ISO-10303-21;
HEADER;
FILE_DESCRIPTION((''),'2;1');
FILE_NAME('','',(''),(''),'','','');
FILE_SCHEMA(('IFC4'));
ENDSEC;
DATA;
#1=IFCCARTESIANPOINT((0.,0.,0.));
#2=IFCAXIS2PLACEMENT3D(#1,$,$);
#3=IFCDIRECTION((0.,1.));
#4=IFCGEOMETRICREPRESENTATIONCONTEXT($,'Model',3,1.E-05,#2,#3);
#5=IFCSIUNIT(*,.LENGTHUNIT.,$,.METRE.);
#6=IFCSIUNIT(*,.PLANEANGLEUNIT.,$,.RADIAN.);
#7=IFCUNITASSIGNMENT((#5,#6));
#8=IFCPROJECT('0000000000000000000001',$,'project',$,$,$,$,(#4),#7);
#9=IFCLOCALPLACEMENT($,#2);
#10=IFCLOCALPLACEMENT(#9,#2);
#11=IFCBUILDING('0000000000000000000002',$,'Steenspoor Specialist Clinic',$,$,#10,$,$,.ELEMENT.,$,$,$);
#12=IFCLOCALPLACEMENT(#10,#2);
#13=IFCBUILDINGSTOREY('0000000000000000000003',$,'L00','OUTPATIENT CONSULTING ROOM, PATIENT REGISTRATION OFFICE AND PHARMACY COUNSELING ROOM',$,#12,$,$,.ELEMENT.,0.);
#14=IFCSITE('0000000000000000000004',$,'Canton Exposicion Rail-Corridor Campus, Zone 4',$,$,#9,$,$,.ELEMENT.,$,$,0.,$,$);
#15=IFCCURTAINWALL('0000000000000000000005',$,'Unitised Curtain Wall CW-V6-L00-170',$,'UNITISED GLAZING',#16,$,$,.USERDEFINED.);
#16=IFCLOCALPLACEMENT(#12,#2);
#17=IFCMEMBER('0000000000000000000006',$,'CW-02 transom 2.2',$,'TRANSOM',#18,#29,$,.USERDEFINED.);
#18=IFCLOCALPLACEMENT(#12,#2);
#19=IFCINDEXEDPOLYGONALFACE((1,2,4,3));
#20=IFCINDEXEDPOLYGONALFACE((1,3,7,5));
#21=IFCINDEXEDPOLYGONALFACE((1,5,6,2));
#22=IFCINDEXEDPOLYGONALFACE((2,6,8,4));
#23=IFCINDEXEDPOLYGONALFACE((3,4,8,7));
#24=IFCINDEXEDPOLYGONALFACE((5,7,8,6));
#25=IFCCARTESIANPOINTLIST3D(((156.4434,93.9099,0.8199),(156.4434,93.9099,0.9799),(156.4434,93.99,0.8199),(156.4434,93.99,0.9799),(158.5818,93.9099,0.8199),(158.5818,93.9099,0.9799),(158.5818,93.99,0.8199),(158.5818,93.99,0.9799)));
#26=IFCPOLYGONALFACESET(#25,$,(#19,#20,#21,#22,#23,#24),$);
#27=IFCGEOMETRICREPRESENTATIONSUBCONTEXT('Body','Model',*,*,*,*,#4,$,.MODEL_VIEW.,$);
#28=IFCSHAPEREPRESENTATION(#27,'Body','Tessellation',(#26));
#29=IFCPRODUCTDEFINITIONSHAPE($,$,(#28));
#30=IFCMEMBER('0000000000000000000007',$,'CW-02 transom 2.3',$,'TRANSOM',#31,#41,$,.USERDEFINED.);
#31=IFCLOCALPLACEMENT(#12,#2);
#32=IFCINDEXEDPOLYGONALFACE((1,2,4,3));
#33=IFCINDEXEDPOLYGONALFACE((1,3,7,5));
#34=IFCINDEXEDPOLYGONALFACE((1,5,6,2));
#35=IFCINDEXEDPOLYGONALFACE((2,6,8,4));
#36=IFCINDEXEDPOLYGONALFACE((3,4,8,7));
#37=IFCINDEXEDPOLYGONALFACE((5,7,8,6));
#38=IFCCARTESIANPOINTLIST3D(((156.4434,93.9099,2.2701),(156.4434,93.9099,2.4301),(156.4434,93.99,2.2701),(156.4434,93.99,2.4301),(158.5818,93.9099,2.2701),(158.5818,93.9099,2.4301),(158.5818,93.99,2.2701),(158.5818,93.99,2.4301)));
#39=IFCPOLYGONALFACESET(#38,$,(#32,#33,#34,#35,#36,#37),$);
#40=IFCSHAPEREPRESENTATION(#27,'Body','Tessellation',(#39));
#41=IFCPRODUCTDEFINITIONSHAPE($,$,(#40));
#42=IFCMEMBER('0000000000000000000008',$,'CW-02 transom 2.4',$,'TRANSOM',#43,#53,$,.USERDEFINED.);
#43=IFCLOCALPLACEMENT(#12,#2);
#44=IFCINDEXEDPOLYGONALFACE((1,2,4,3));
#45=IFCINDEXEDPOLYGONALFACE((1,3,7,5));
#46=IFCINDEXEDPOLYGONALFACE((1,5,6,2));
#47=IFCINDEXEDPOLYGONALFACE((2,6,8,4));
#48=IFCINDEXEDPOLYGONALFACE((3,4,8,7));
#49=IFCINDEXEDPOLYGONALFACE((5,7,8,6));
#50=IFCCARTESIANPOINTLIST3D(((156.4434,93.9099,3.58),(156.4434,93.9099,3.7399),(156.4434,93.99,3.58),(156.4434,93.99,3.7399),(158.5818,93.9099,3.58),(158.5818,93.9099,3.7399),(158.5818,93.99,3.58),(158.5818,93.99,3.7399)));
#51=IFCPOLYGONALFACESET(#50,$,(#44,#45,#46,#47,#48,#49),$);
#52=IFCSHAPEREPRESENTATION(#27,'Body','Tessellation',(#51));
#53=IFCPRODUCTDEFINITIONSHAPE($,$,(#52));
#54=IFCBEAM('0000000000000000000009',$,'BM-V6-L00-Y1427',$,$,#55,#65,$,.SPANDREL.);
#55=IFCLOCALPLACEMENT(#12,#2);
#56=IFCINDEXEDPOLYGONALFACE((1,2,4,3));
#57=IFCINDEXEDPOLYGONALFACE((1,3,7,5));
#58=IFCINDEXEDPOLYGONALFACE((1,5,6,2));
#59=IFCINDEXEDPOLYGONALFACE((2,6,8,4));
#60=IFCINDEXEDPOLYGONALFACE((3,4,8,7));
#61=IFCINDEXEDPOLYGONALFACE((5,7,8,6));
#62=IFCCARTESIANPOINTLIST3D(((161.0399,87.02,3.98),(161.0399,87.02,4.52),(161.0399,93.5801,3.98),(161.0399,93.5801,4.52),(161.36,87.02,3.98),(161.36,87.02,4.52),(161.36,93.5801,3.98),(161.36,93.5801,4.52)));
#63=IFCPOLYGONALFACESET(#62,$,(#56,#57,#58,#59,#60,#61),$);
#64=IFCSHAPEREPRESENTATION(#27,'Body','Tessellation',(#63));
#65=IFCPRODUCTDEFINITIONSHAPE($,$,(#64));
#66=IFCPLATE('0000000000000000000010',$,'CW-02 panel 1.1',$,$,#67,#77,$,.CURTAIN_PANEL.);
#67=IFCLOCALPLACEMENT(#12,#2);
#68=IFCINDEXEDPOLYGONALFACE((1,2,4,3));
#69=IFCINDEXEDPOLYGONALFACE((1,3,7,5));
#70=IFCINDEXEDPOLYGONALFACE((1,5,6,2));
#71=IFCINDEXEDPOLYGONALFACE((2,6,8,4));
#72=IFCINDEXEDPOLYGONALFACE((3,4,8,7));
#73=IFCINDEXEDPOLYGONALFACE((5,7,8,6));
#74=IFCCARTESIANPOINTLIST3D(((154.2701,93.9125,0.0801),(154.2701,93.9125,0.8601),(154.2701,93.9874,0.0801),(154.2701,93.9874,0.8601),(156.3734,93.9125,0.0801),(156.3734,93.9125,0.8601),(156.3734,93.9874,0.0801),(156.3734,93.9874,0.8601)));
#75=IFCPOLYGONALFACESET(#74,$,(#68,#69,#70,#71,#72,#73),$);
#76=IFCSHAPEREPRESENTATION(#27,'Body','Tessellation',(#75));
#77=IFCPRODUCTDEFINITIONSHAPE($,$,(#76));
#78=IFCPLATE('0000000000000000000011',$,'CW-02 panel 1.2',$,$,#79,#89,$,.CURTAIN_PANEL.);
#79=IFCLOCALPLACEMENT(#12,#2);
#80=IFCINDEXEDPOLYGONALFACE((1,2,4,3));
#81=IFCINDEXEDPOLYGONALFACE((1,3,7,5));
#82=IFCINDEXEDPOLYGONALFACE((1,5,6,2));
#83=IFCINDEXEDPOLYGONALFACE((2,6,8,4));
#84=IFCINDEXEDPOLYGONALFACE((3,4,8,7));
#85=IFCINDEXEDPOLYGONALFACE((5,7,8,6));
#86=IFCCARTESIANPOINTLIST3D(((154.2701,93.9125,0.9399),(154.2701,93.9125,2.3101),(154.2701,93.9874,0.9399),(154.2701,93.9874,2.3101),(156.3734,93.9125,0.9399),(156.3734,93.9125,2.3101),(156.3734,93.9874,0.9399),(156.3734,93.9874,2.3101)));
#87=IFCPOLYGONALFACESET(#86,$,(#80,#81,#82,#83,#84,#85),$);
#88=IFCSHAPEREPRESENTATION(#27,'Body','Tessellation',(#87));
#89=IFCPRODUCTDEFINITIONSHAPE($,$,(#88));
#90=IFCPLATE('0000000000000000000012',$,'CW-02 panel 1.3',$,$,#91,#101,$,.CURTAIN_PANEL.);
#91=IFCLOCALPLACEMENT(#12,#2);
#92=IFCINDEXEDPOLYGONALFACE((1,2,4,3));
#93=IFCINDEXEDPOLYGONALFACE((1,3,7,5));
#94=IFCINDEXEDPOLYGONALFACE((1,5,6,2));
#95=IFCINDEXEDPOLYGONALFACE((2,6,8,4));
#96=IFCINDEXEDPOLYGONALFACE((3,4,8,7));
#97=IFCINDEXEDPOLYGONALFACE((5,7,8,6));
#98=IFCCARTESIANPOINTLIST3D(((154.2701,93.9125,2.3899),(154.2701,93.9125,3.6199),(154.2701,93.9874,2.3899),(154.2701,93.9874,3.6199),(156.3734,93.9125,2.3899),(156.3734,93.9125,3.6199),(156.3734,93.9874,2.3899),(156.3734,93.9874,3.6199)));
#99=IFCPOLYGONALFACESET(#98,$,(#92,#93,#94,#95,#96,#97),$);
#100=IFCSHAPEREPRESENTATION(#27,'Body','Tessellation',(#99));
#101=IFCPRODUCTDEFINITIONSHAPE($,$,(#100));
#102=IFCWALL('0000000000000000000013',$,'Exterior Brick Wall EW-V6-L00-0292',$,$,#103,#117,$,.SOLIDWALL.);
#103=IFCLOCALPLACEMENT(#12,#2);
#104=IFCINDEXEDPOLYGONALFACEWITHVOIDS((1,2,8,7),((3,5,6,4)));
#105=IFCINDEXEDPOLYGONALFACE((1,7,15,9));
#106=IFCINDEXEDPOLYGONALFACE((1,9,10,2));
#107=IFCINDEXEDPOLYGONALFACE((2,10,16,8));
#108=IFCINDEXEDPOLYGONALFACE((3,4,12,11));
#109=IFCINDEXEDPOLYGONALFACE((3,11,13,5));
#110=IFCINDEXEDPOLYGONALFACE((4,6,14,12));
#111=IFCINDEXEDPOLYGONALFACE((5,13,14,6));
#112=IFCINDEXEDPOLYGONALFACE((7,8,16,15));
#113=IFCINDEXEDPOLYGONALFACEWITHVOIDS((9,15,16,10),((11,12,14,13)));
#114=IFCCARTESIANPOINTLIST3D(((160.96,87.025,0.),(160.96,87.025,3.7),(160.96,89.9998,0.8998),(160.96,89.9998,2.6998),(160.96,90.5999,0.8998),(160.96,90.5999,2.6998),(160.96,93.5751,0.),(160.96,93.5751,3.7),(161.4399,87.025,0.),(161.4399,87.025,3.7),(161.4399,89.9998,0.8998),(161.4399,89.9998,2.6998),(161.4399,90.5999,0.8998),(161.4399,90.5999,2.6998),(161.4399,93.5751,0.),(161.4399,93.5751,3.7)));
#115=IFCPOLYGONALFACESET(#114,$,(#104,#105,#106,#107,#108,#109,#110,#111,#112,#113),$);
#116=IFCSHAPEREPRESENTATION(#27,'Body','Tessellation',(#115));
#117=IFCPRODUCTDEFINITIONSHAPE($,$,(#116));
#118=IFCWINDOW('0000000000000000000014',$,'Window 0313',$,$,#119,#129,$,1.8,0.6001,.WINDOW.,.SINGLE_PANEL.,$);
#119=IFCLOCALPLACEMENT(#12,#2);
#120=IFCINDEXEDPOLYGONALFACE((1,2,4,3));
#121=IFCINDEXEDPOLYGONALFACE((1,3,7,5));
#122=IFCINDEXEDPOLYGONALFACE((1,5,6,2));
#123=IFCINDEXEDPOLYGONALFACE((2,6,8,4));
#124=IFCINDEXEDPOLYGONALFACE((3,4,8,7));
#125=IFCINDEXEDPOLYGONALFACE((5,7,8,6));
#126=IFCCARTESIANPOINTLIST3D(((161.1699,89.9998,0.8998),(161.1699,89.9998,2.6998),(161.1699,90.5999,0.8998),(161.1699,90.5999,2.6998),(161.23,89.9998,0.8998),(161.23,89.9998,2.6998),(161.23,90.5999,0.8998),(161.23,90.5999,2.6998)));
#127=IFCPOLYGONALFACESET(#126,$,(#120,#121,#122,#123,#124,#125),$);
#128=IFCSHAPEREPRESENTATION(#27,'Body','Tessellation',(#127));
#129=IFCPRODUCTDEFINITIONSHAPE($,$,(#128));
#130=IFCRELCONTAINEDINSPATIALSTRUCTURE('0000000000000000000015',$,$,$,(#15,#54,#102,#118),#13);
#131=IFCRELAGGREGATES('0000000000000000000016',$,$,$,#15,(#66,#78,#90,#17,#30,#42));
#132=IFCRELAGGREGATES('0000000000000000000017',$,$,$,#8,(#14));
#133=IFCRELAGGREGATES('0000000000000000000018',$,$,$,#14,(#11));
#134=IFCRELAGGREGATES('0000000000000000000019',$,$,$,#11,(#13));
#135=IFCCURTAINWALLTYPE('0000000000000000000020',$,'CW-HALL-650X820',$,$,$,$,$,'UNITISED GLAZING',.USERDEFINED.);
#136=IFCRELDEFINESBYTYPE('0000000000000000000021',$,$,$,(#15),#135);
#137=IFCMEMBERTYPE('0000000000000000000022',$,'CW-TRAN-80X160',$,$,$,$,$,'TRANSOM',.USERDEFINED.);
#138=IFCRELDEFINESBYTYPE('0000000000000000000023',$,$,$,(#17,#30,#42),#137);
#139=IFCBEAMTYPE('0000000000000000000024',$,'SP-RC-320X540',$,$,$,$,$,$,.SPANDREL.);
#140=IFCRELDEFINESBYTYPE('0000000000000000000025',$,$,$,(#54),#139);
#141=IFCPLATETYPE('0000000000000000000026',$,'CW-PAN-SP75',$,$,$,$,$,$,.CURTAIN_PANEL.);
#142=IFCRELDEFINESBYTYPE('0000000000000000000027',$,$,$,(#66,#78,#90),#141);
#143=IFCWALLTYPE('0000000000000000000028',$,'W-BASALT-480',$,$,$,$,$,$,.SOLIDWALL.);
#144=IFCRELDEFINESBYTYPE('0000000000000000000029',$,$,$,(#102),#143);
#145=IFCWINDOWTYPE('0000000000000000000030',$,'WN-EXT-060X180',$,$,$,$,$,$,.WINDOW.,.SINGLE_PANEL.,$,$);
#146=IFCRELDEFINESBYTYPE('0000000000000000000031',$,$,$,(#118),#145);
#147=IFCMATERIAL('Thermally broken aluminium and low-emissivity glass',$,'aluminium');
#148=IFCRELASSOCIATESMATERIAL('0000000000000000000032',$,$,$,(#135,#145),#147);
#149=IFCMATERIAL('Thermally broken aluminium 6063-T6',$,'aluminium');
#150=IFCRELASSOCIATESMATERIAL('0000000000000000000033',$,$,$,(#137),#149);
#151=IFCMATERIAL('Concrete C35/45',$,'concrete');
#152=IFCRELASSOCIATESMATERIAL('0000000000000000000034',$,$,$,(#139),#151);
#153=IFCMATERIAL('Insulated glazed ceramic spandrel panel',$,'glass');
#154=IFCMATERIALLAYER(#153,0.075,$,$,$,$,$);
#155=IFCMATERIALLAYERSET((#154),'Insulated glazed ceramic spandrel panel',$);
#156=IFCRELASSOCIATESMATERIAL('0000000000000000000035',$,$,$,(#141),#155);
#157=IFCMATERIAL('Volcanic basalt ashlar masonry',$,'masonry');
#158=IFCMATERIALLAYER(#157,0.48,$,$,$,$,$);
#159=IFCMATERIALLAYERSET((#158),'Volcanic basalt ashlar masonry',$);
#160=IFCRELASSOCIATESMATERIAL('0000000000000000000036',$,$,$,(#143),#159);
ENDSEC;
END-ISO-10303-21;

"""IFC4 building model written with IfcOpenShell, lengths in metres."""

from ifc_helpers import new_model, si_unit, direction, frame, frame_2d, origin, origin_2d, place, context, subcontext, project, spatial, rectangle, extrude, material, layer, layer_set, material_profile, profile_set, type_object, element, fill, aggregate, save


model = new_model("IFC4")

# Units and contexts
model_context = context("Model", 3, precision=1e-05, world=origin(), true_north=direction((0.0, 1.0)))
body_context = subcontext(model_context, "Body", "Model", "MODEL_VIEW")
ifc_project = project(units=[si_unit("LENGTHUNIT", "METRE"), si_unit("PLANEANGLEUNIT", "RADIAN")], contexts=[model_context])

# Site, building, storey
site_placement = place(None, origin())
site = spatial("IfcSite", under=ifc_project, at=site_placement, Name="Canton Exposicion Rail-Corridor Campus, Zone 4", CompositionType="ELEMENT", RefElevation=0.0)
building_placement = place(site_placement, origin())
building = spatial("IfcBuilding", under=site, at=building_placement, Name="Steenspoor Specialist Clinic", CompositionType="ELEMENT")
storey_placement = place(building_placement, origin())
storey = spatial("IfcBuildingStorey", under=building, at=storey_placement, Name="L00", Description="OUTPATIENT CONSULTING ROOM, PATIENT REGISTRATION OFFICE AND PHARMACY COUNSELING ROOM", CompositionType="ELEMENT", Elevation=0.0)

# Shared definitions
ifc_material_1 = material(Name="Concrete C35/45", Category="concrete")

# Curtain wall, members
ifc_material_2 = material(Name="Thermally broken aluminium and low-emissivity glass", Category="aluminium")
curtain_wall_type = type_object("IfcCurtainWallType", Name="CW-HALL-650X820", ElementType="UNITISED GLAZING", PredefinedType="USERDEFINED", material=ifc_material_2)
curtain_wall_placement = place(storey_placement, origin())
curtain_wall = element("IfcCurtainWall", 1, at=curtain_wall_placement, inside=storey, type_object=curtain_wall_type, Name="Unitised Curtain Wall CW-V6-L00-170", ObjectType="UNITISED GLAZING", PredefinedType="USERDEFINED")
ifc_material_3 = material(Name="Thermally broken aluminium 6063-T6", Category="aluminium")
ifc_material_profile_1 = material_profile(ifc_material_3, rectangle(XDim=0.0801, YDim=0.1599, at=origin_2d()), Name="CWT-80X160")
ifc_profile_set_1 = profile_set([ifc_material_profile_1], Name="Thermally broken aluminium 6063-T6")
member_type_1 = type_object("IfcMemberType", Name="CW-TRAN-80X160", ElementType="TRANSOM", PredefinedType="USERDEFINED", material=ifc_profile_set_1)
member_1_placement = place(storey_placement, frame((156.4434, 93.95, 0.8999), z_axis=(1.0, 0.0, 0.0), x_axis=(0.0, 1.0, 0.0)))
member_1 = element("IfcMember", 2, at=member_1_placement, type_object=member_type_1, Name="CW-02 transom 2.2", ObjectType="TRANSOM", PredefinedType="USERDEFINED", context=body_context, shape_type="SweptSolid", body=[
    extrude(rectangle(XDim=0.0801, YDim=0.1599, at=origin_2d()), origin(), (0.0, 0.0, 1.0), 2.1384),
])
member_2_placement = place(storey_placement, frame((156.4434, 93.95, 2.3501), z_axis=(1.0, 0.0, 0.0), x_axis=(0.0, 1.0, 0.0)))
member_2 = element("IfcMember", 3, at=member_2_placement, type_object=member_type_1, Name="CW-02 transom 2.3", ObjectType="TRANSOM", PredefinedType="USERDEFINED", context=body_context, shape_type="SweptSolid", body=[
    extrude(rectangle(XDim=0.0801, YDim=0.1599, at=origin_2d()), origin(), (0.0, 0.0, 1.0), 2.1384),
])
member_3_placement = place(storey_placement, frame((156.4434, 93.95, 3.6599), z_axis=(1.0, 0.0, 0.0), x_axis=(0.0, 1.0, 0.0)))
member_3 = element("IfcMember", 4, at=member_3_placement, type_object=member_type_1, Name="CW-02 transom 2.4", ObjectType="TRANSOM", PredefinedType="USERDEFINED", context=body_context, shape_type="SweptSolid", body=[
    extrude(rectangle(XDim=0.0801, YDim=0.1599, at=origin_2d()), origin(), (0.0, 0.0, 1.0), 2.1384),
])

# Beam
ifc_material_profile_2 = material_profile(ifc_material_1, rectangle(XDim=0.3201, YDim=0.54, at=origin_2d()), Name="RC-SP-320X540")
ifc_profile_set_2 = profile_set([ifc_material_profile_2], Name="Concrete C35/45")
beam_type = type_object("IfcBeamType", Name="SP-RC-320X540", PredefinedType="SPANDREL", material=ifc_profile_set_2)
beam_placement = place(storey_placement, frame((161.2, 87.02, 4.25), z_axis=(0.0, 1.0, 0.0), x_axis=(-1.0, 0.0, 0.0)))
element("IfcBeam", 5, at=beam_placement, inside=storey, type_object=beam_type, Name="BM-V6-L00-Y1427", PredefinedType="SPANDREL", context=body_context, shape_type="SweptSolid", body=[
    extrude(rectangle(XDim=0.3201, YDim=0.54, at=origin_2d()), origin(), (0.0, 0.0, 1.0), 6.5601),
])

# Plates
ifc_material_4 = material(Name="Insulated glazed ceramic spandrel panel", Category="glass")
ifc_layer_1 = layer(ifc_material_4, 0.075)
ifc_layer_set_1 = layer_set([ifc_layer_1], Name="Insulated glazed ceramic spandrel panel")
plate_type = type_object("IfcPlateType", Name="CW-PAN-SP75", PredefinedType="CURTAIN_PANEL", material=ifc_layer_set_1)
plate_1_placement = place(storey_placement, frame((155.3218, 93.95, 0.0801), z_axis=(0.0, 0.0, 1.0), x_axis=(1.0, 0.0, 0.0)))
plate_1 = element("IfcPlate", 6, at=plate_1_placement, type_object=plate_type, Name="CW-02 panel 1.1", PredefinedType="CURTAIN_PANEL", context=body_context, shape_type="SweptSolid", body=[
    extrude(rectangle(XDim=2.1033, YDim=0.075, at=origin_2d()), origin(), (0.0, 0.0, 1.0), 0.78),
])
plate_2_placement = place(storey_placement, frame((155.3218, 93.95, 0.9399), z_axis=(0.0, 0.0, 1.0), x_axis=(1.0, 0.0, 0.0)))
plate_2 = element("IfcPlate", 7, at=plate_2_placement, type_object=plate_type, Name="CW-02 panel 1.2", PredefinedType="CURTAIN_PANEL", context=body_context, shape_type="SweptSolid", body=[
    extrude(rectangle(XDim=2.1033, YDim=0.075, at=origin_2d()), origin(), (0.0, 0.0, 1.0), 1.3701),
])
plate_3_placement = place(storey_placement, frame((155.3218, 93.95, 2.3899), z_axis=(0.0, 0.0, 1.0), x_axis=(1.0, 0.0, 0.0)))
plate_3 = element("IfcPlate", 8, at=plate_3_placement, type_object=plate_type, Name="CW-02 panel 1.3", PredefinedType="CURTAIN_PANEL", context=body_context, shape_type="SweptSolid", body=[
    extrude(rectangle(XDim=2.1033, YDim=0.075, at=origin_2d()), origin(), (0.0, 0.0, 1.0), 1.23),
])
aggregate(curtain_wall, [plate_1, plate_2, plate_3, member_1, member_2, member_3])

# Wall, opening, window
ifc_material_5 = material(Name="Volcanic basalt ashlar masonry", Category="masonry")
ifc_layer_2 = layer(ifc_material_5, 0.48)
ifc_layer_set_2 = layer_set([ifc_layer_2], Name="Volcanic basalt ashlar masonry")
wall_type = type_object("IfcWallType", Name="W-BASALT-480", PredefinedType="SOLIDWALL", material=ifc_layer_set_2)
wall_placement = place(storey_placement, frame((161.2, 93.575, 0.0), z_axis=(0.0, 0.0, 1.0), x_axis=(0.0, -1.0, 0.0)))
wall = element("IfcWall", 9, at=wall_placement, inside=storey, type_object=wall_type, Name="Exterior Brick Wall EW-V6-L00-0292", PredefinedType="SOLIDWALL", context=body_context, shape_type="SweptSolid", body=[
    extrude(rectangle(XDim=6.55, YDim=0.48, at=frame_2d((3.2749, 0.0))), origin(), (0.0, 0.0, 1.0), 3.7),
])
opening_placement = place(wall_placement, frame((2.9751, 0.0, 0.8999)))
opening = element("IfcOpeningElement", 10, at=opening_placement, cuts=wall, PredefinedType="OPENING", context=body_context, shape_type="SweptSolid", body=[
    extrude(rectangle(XDim=0.6001, YDim=1.8, at=frame_2d((0.3, 0.8999))), frame((0.0, 0.25, 0.0), z_axis=(0.0, -1.0, 0.0), x_axis=(1.0, 0.0, 0.0)), (0.0, 0.0, 1.0), 0.5),
])
window_type = type_object("IfcWindowType", Name="WN-EXT-060X180", PartitioningType="SINGLE_PANEL", PredefinedType="WINDOW", material=ifc_material_2)
window_placement = place(opening_placement, origin())
window = element("IfcWindow", 11, at=window_placement, inside=storey, type_object=window_type, Name="Window 0313", OverallHeight=1.8, OverallWidth=0.6001, PartitioningType="SINGLE_PANEL", PredefinedType="WINDOW", context=body_context, shape_type="SweptSolid", body=[
    extrude(rectangle(XDim=0.6001, YDim=1.8, at=frame_2d((0.3, 0.8999))), frame((0.0, 0.03, 0.0), z_axis=(0.0, -1.0, 0.0), x_axis=(1.0, 0.0, 0.0)), (0.0, 0.0, 1.0), 0.0601),
])
fill(opening, window)

save(model, "model.ifc")
